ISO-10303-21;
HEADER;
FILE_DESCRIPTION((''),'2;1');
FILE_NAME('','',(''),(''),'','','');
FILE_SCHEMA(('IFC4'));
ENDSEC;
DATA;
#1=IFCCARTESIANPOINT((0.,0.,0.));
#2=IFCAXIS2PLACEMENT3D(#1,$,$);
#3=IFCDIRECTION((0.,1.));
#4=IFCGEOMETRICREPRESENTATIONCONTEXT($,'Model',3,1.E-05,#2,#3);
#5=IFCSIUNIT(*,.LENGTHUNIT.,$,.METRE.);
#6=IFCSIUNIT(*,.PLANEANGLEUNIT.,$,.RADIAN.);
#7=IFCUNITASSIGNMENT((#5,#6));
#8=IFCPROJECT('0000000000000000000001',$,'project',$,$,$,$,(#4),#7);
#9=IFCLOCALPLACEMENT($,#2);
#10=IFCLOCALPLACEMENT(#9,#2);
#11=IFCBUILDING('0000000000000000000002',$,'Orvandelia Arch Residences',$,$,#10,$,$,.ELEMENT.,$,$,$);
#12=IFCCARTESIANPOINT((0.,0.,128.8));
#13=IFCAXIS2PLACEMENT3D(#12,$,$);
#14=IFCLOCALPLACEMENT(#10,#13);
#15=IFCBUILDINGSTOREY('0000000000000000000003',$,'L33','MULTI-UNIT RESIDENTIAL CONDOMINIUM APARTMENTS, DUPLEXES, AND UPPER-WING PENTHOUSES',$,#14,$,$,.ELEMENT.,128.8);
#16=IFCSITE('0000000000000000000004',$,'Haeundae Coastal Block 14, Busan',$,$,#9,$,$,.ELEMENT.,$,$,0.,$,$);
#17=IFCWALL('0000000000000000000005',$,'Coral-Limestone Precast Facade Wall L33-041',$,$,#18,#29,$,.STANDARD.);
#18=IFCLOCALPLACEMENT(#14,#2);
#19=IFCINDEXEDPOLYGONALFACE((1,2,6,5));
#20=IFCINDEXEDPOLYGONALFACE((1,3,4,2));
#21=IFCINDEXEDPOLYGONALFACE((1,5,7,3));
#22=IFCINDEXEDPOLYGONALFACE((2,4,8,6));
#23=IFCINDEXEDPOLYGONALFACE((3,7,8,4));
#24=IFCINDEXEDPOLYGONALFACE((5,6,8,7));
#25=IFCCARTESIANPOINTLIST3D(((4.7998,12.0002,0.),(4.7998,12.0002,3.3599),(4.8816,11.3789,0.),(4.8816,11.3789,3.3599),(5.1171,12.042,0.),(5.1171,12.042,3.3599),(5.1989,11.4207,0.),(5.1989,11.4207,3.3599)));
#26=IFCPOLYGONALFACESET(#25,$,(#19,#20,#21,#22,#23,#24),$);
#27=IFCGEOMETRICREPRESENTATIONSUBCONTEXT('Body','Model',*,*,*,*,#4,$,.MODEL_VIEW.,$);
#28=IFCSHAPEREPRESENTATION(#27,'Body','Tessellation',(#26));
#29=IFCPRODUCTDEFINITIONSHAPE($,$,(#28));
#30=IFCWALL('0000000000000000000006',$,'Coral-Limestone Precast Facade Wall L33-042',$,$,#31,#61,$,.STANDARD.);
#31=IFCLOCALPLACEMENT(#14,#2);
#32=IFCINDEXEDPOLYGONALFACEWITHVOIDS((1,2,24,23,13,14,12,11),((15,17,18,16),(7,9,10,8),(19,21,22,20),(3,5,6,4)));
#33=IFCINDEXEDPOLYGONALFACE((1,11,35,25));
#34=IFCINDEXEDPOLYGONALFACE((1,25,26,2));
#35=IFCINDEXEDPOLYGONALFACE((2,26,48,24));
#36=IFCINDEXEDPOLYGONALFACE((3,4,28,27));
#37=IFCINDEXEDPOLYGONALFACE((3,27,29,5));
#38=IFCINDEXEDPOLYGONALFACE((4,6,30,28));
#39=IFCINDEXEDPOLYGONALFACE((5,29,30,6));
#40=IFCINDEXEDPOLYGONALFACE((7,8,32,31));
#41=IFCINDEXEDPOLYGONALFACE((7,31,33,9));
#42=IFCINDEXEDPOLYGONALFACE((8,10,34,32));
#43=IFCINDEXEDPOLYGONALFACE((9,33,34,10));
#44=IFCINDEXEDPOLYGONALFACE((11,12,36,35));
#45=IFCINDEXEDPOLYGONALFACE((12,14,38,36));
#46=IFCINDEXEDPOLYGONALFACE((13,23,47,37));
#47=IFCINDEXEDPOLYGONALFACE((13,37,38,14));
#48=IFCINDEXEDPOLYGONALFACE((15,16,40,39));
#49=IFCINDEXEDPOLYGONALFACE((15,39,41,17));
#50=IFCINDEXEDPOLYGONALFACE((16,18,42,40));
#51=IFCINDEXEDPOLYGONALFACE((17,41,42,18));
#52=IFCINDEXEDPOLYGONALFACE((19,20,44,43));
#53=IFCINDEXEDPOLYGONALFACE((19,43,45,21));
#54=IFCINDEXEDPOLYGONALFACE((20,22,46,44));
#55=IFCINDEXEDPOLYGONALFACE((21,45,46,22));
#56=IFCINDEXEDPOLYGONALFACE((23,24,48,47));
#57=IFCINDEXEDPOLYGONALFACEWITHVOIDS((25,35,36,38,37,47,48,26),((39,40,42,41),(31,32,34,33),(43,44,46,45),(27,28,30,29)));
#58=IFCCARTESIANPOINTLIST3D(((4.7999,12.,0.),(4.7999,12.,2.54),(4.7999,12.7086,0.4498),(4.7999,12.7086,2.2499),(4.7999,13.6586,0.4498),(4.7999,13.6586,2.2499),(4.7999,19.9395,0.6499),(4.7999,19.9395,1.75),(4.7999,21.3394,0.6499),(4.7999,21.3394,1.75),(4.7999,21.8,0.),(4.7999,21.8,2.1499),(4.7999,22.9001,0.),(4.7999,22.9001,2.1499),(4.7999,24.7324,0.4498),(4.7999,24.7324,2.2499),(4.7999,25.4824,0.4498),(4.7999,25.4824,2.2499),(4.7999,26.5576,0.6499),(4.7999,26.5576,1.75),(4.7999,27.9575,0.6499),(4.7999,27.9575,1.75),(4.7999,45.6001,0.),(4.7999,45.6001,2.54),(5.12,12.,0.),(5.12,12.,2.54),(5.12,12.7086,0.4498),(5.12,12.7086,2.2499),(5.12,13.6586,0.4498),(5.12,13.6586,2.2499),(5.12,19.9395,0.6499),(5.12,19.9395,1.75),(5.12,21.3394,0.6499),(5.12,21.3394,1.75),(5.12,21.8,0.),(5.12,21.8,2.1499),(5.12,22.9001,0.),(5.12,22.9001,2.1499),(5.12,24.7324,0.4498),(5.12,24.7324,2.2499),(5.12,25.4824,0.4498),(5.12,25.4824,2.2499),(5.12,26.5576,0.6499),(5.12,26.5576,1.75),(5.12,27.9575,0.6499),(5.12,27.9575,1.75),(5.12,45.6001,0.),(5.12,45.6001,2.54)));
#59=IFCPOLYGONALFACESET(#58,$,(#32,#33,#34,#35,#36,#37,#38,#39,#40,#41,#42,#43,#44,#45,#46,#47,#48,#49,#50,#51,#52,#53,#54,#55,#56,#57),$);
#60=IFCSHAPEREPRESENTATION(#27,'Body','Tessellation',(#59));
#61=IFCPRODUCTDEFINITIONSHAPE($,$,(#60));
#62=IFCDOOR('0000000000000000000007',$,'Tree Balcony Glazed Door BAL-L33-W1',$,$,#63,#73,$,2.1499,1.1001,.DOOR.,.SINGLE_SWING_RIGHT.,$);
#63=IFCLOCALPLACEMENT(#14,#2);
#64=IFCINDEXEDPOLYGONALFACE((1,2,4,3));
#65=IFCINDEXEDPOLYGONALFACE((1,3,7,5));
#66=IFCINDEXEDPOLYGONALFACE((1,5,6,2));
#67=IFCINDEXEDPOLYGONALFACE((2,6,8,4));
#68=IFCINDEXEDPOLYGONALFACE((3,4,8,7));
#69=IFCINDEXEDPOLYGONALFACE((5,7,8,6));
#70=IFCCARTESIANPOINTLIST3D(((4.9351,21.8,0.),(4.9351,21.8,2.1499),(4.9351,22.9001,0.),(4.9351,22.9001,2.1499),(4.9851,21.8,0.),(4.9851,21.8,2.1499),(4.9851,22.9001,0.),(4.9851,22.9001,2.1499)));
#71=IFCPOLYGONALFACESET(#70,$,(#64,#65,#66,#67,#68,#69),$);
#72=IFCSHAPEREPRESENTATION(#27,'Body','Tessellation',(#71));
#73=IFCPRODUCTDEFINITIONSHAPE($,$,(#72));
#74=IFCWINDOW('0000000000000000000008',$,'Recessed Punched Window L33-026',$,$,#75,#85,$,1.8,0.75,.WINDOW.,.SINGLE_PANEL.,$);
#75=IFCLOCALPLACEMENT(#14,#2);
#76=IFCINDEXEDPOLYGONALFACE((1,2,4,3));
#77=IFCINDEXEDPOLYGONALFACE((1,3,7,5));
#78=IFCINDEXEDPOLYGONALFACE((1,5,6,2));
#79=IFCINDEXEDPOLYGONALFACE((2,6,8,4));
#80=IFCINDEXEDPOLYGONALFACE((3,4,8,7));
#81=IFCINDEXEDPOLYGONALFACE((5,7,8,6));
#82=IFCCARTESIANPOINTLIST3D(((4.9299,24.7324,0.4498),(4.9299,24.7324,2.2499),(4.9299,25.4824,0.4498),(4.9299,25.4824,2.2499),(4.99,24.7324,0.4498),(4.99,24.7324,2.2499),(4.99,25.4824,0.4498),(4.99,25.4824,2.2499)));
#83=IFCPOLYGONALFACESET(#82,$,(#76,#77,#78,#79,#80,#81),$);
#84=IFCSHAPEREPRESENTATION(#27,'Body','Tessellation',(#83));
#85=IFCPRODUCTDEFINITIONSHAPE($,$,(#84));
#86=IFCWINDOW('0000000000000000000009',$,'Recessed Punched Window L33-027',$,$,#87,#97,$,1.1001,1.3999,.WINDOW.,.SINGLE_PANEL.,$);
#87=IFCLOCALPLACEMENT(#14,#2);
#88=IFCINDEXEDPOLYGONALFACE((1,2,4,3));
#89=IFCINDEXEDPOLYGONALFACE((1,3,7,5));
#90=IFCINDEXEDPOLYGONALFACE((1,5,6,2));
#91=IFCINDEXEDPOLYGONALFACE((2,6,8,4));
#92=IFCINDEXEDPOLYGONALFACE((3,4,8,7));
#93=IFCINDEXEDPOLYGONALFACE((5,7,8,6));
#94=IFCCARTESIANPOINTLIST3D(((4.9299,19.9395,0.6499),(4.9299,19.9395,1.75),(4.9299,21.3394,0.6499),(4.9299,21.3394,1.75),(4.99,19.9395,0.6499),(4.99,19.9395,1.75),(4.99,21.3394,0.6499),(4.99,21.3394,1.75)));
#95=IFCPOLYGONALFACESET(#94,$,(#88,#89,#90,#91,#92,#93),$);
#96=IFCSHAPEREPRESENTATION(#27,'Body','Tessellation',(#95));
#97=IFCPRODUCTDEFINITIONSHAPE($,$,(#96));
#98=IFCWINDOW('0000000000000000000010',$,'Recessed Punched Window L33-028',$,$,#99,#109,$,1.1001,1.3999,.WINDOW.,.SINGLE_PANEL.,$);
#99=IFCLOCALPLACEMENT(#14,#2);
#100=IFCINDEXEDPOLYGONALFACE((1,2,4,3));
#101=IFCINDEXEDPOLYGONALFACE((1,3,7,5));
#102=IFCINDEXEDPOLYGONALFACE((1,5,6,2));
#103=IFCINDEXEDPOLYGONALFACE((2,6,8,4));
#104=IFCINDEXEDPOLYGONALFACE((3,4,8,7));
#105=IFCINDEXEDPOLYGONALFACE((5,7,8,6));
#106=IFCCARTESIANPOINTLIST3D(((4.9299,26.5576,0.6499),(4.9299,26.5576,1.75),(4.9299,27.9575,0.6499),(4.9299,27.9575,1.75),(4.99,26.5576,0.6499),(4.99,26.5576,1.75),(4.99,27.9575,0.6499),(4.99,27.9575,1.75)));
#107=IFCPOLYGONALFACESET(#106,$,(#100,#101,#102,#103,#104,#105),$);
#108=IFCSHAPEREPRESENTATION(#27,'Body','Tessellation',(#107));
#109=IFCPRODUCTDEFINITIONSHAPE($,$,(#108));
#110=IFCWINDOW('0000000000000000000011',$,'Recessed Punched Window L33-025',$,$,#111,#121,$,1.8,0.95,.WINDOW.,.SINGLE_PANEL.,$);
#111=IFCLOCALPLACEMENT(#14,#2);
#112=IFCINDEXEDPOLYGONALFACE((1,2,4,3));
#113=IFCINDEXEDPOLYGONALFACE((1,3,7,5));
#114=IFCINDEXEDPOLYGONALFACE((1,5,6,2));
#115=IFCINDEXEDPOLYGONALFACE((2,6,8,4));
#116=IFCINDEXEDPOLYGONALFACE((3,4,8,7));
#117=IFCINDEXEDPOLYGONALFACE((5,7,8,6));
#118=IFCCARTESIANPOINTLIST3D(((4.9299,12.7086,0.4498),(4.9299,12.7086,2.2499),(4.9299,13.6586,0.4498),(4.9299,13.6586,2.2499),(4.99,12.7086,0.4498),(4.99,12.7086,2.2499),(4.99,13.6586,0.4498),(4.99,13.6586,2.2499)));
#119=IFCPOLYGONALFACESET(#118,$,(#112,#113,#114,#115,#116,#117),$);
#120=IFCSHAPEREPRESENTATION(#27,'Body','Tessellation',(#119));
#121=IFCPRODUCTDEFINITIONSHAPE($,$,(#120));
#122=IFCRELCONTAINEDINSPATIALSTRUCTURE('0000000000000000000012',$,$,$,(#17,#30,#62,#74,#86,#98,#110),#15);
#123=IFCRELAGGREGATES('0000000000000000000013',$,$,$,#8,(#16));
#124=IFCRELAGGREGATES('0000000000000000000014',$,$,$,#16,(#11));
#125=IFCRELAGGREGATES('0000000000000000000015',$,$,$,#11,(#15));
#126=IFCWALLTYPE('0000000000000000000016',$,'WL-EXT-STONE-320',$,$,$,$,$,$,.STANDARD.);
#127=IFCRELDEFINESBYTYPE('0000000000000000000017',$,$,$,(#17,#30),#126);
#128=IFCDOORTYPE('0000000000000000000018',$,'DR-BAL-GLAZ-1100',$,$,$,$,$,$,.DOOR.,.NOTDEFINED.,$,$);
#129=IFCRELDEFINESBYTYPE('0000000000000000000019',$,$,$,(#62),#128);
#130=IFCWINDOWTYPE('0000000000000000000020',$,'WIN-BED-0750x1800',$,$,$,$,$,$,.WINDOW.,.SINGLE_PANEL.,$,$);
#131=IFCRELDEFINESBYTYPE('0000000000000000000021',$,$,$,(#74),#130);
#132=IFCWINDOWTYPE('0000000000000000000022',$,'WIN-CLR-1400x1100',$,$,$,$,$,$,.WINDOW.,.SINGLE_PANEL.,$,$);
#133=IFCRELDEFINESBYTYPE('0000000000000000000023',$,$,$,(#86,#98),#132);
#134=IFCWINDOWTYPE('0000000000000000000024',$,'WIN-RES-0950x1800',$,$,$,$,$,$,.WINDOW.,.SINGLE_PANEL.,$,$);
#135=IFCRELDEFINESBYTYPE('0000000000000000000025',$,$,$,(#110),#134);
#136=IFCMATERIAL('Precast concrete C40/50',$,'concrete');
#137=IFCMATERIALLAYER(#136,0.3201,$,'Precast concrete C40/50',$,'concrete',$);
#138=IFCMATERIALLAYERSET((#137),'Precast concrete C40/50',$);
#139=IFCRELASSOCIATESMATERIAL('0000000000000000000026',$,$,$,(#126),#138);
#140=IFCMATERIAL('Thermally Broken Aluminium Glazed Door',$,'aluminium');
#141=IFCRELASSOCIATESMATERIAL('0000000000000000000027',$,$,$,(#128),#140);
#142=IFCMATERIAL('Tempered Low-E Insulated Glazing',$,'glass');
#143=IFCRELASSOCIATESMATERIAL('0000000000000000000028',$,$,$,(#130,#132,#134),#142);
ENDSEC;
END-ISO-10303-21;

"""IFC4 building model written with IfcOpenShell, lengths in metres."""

from ifc_helpers import new_model, si_unit, direction, frame, frame_2d, origin, place, context, subcontext, project, spatial, rectangle, extrude, material, layer, layer_set, type_object, element, fill, save


model = new_model("IFC4")

# Units and contexts
model_context = context("Model", 3, precision=1e-05, world=origin(), true_north=direction((0.0, 1.0)))
body_context = subcontext(model_context, "Body", "Model", "MODEL_VIEW")
ifc_project = project(units=[si_unit("LENGTHUNIT", "METRE"), si_unit("PLANEANGLEUNIT", "RADIAN")], contexts=[model_context])

# Site, building, storey
site_placement = place(None, origin())
site = spatial("IfcSite", under=ifc_project, at=site_placement, Name="Haeundae Coastal Block 14, Busan", CompositionType="ELEMENT", RefElevation=0.0)
building_placement = place(site_placement, origin())
building = spatial("IfcBuilding", under=site, at=building_placement, Name="Orvandelia Arch Residences", CompositionType="ELEMENT")
storey_placement = place(building_placement, frame((0.0, 0.0, 128.8)))
storey = spatial("IfcBuildingStorey", under=building, at=storey_placement, Name="L33", Description="MULTI-UNIT RESIDENTIAL CONDOMINIUM APARTMENTS, DUPLEXES, AND UPPER-WING PENTHOUSES", CompositionType="ELEMENT", Elevation=128.8)

# Shared definitions
ifc_material_1 = material(Name="Precast concrete C40/50", Category="concrete")

# Wall
ifc_layer_1 = layer(ifc_material_1, 0.3201, Name="Precast concrete C40/50", Category="concrete")
ifc_layer_set_1 = layer_set([ifc_layer_1], Name="Precast concrete C40/50")
wall_type_1 = type_object("IfcWallType", Name="WL-EXT-STONE-320", PredefinedType="STANDARD", material=ifc_layer_set_1)
wall_1_placement = place(storey_placement, frame((5.0403, 11.3997, 0.0), z_axis=(0.0, 0.0, 1.0), x_axis=(-0.130505, 0.991448, 0.0)))
element("IfcWall", 1, at=wall_1_placement, inside=storey, type_object=wall_type_1, Name="Coral-Limestone Precast Facade Wall L33-041", PredefinedType="STANDARD", context=body_context, shape_type="SweptSolid", body=[
    extrude(rectangle(XDim=0.6267, YDim=0.3201, at=frame_2d((0.3135, 0.0))), origin(), (0.0, 0.0, 1.0), 3.3599),
])

# Wall, openings, door, windows
wall_2_placement = place(storey_placement, frame((4.96, 12.0, 0.0), z_axis=(0.0, 0.0, 1.0), x_axis=(0.0, 1.0, 0.0)))
wall_2 = element("IfcWall", 2, at=wall_2_placement, inside=storey, type_object=wall_type_1, Name="Coral-Limestone Precast Facade Wall L33-042", PredefinedType="STANDARD", context=body_context, shape_type="SweptSolid", body=[
    extrude(rectangle(XDim=33.6001, YDim=0.3201, at=frame_2d((16.8, 0.0))), origin(), (0.0, 0.0, 1.0), 2.54),
])
opening_1_placement = place(wall_2_placement, frame((9.8, 0.0, 0.0)))
opening_1 = element("IfcOpeningElement", 3, at=opening_1_placement, cuts=wall_2, PredefinedType="OPENING", context=body_context, shape_type="SweptSolid", body=[
    extrude(rectangle(XDim=1.1001, YDim=2.1499, at=frame_2d((0.55, 1.075))), frame((0.0, 0.1699, 0.0), z_axis=(0.0, -1.0, 0.0), x_axis=(1.0, 0.0, 0.0)), (0.0, 0.0, 1.0), 0.3401),
])
opening_2_placement = place(wall_2_placement, frame((0.7085, 0.0, 0.45)))
opening_2 = element("IfcOpeningElement", 4, at=opening_2_placement, cuts=wall_2, PredefinedType="OPENING", context=body_context, shape_type="SweptSolid", body=[
    extrude(rectangle(XDim=0.95, YDim=1.8, at=frame_2d((0.4751, 0.8999))), frame((0.0, 0.1699, 0.0), z_axis=(0.0, -1.0, 0.0), x_axis=(1.0, 0.0, 0.0)), (0.0, 0.0, 1.0), 0.3401),
])
opening_3_placement = place(wall_2_placement, frame((12.7324, 0.0, 0.45)))
opening_3 = element("IfcOpeningElement", 5, at=opening_3_placement, cuts=wall_2, PredefinedType="OPENING", context=body_context, shape_type="SweptSolid", body=[
    extrude(rectangle(XDim=0.75, YDim=1.8, at=frame_2d((0.375, 0.8999))), frame((0.0, 0.1699, 0.0), z_axis=(0.0, -1.0, 0.0), x_axis=(1.0, 0.0, 0.0)), (0.0, 0.0, 1.0), 0.3401),
])
opening_4_placement = place(wall_2_placement, frame((7.9395, 0.0, 0.6499)))
opening_4 = element("IfcOpeningElement", 6, at=opening_4_placement, cuts=wall_2, PredefinedType="OPENING", context=body_context, shape_type="SweptSolid", body=[
    extrude(rectangle(XDim=1.3999, YDim=1.1001, at=frame_2d((0.7, 0.55))), frame((0.0, 0.1699, 0.0), z_axis=(0.0, -1.0, 0.0), x_axis=(1.0, 0.0, 0.0)), (0.0, 0.0, 1.0), 0.3401),
])
opening_5_placement = place(wall_2_placement, frame((14.5576, 0.0, 0.6499)))
opening_5 = element("IfcOpeningElement", 7, at=opening_5_placement, cuts=wall_2, PredefinedType="OPENING", context=body_context, shape_type="SweptSolid", body=[
    extrude(rectangle(XDim=1.3999, YDim=1.1001, at=frame_2d((0.7, 0.55))), frame((0.0, 0.1699, 0.0), z_axis=(0.0, -1.0, 0.0), x_axis=(1.0, 0.0, 0.0)), (0.0, 0.0, 1.0), 0.3401),
])
ifc_material_2 = material(Name="Thermally Broken Aluminium Glazed Door", Category="aluminium")
door_type_1 = type_object("IfcDoorType", Name="DR-BAL-GLAZ-1100", OperationType="NOTDEFINED", PredefinedType="DOOR", material=ifc_material_2)
door_1_placement = place(opening_1_placement, origin())
door_1 = element("IfcDoor", 8, at=door_1_placement, inside=storey, type_object=door_type_1, Name="Tree Balcony Glazed Door BAL-L33-W1", OperationType="SINGLE_SWING_RIGHT", OverallHeight=2.1499, OverallWidth=1.1001, PredefinedType="DOOR", context=body_context, shape_type="SweptSolid", body=[
    extrude(rectangle(XDim=1.1001, YDim=2.1499, at=frame_2d((0.55, 1.075))), frame((0.0, 0.0249, 0.0), z_axis=(0.0, -1.0, 0.0), x_axis=(1.0, 0.0, 0.0)), (0.0, 0.0, 1.0), 0.05),
])
fill(opening_1, door_1)
ifc_material_3 = material(Name="Tempered Low-E Insulated Glazing", Category="glass")
window_type_1 = type_object("IfcWindowType", Name="WIN-BED-0750x1800", PartitioningType="SINGLE_PANEL", PredefinedType="WINDOW", material=ifc_material_3)
window_1_placement = place(opening_3_placement, origin())
window_1 = element("IfcWindow", 9, at=window_1_placement, inside=storey, type_object=window_type_1, Name="Recessed Punched Window L33-026", OverallHeight=1.8, OverallWidth=0.75, PartitioningType="SINGLE_PANEL", PredefinedType="WINDOW", context=body_context, shape_type="SweptSolid", body=[
    extrude(rectangle(XDim=0.75, YDim=1.8, at=frame_2d((0.375, 0.8999))), frame((0.0, 0.03, 0.0), z_axis=(0.0, -1.0, 0.0), x_axis=(1.0, 0.0, 0.0)), (0.0, 0.0, 1.0), 0.0601),
])
fill(opening_3, window_1)
window_type_2 = type_object("IfcWindowType", Name="WIN-CLR-1400x1100", PartitioningType="SINGLE_PANEL", PredefinedType="WINDOW", material=ifc_material_3)
window_2_placement = place(opening_4_placement, origin())
window_2 = element("IfcWindow", 10, at=window_2_placement, inside=storey, type_object=window_type_2, Name="Recessed Punched Window L33-027", OverallHeight=1.1001, OverallWidth=1.3999, PartitioningType="SINGLE_PANEL", PredefinedType="WINDOW", context=body_context, shape_type="SweptSolid", body=[
    extrude(rectangle(XDim=1.3999, YDim=1.1001, at=frame_2d((0.7, 0.55))), frame((0.0, 0.03, 0.0), z_axis=(0.0, -1.0, 0.0), x_axis=(1.0, 0.0, 0.0)), (0.0, 0.0, 1.0), 0.0601),
])
fill(opening_4, window_2)
window_3_placement = place(opening_5_placement, origin())
window_3 = element("IfcWindow", 11, at=window_3_placement, inside=storey, type_object=window_type_2, Name="Recessed Punched Window L33-028", OverallHeight=1.1001, OverallWidth=1.3999, PartitioningType="SINGLE_PANEL", PredefinedType="WINDOW", context=body_context, shape_type="SweptSolid", body=[
    extrude(rectangle(XDim=1.3999, YDim=1.1001, at=frame_2d((0.7, 0.55))), frame((0.0, 0.03, 0.0), z_axis=(0.0, -1.0, 0.0), x_axis=(1.0, 0.0, 0.0)), (0.0, 0.0, 1.0), 0.0601),
])
fill(opening_5, window_3)
window_type_3 = type_object("IfcWindowType", Name="WIN-RES-0950x1800", PartitioningType="SINGLE_PANEL", PredefinedType="WINDOW", material=ifc_material_3)
window_4_placement = place(opening_2_placement, origin())
window_4 = element("IfcWindow", 12, at=window_4_placement, inside=storey, type_object=window_type_3, Name="Recessed Punched Window L33-025", OverallHeight=1.8, OverallWidth=0.95, PartitioningType="SINGLE_PANEL", PredefinedType="WINDOW", context=body_context, shape_type="SweptSolid", body=[
    extrude(rectangle(XDim=0.95, YDim=1.8, at=frame_2d((0.4751, 0.8999))), frame((0.0, 0.03, 0.0), z_axis=(0.0, -1.0, 0.0), x_axis=(1.0, 0.0, 0.0)), (0.0, 0.0, 1.0), 0.0601),
])
fill(opening_2, window_4)

save(model, "model.ifc")
